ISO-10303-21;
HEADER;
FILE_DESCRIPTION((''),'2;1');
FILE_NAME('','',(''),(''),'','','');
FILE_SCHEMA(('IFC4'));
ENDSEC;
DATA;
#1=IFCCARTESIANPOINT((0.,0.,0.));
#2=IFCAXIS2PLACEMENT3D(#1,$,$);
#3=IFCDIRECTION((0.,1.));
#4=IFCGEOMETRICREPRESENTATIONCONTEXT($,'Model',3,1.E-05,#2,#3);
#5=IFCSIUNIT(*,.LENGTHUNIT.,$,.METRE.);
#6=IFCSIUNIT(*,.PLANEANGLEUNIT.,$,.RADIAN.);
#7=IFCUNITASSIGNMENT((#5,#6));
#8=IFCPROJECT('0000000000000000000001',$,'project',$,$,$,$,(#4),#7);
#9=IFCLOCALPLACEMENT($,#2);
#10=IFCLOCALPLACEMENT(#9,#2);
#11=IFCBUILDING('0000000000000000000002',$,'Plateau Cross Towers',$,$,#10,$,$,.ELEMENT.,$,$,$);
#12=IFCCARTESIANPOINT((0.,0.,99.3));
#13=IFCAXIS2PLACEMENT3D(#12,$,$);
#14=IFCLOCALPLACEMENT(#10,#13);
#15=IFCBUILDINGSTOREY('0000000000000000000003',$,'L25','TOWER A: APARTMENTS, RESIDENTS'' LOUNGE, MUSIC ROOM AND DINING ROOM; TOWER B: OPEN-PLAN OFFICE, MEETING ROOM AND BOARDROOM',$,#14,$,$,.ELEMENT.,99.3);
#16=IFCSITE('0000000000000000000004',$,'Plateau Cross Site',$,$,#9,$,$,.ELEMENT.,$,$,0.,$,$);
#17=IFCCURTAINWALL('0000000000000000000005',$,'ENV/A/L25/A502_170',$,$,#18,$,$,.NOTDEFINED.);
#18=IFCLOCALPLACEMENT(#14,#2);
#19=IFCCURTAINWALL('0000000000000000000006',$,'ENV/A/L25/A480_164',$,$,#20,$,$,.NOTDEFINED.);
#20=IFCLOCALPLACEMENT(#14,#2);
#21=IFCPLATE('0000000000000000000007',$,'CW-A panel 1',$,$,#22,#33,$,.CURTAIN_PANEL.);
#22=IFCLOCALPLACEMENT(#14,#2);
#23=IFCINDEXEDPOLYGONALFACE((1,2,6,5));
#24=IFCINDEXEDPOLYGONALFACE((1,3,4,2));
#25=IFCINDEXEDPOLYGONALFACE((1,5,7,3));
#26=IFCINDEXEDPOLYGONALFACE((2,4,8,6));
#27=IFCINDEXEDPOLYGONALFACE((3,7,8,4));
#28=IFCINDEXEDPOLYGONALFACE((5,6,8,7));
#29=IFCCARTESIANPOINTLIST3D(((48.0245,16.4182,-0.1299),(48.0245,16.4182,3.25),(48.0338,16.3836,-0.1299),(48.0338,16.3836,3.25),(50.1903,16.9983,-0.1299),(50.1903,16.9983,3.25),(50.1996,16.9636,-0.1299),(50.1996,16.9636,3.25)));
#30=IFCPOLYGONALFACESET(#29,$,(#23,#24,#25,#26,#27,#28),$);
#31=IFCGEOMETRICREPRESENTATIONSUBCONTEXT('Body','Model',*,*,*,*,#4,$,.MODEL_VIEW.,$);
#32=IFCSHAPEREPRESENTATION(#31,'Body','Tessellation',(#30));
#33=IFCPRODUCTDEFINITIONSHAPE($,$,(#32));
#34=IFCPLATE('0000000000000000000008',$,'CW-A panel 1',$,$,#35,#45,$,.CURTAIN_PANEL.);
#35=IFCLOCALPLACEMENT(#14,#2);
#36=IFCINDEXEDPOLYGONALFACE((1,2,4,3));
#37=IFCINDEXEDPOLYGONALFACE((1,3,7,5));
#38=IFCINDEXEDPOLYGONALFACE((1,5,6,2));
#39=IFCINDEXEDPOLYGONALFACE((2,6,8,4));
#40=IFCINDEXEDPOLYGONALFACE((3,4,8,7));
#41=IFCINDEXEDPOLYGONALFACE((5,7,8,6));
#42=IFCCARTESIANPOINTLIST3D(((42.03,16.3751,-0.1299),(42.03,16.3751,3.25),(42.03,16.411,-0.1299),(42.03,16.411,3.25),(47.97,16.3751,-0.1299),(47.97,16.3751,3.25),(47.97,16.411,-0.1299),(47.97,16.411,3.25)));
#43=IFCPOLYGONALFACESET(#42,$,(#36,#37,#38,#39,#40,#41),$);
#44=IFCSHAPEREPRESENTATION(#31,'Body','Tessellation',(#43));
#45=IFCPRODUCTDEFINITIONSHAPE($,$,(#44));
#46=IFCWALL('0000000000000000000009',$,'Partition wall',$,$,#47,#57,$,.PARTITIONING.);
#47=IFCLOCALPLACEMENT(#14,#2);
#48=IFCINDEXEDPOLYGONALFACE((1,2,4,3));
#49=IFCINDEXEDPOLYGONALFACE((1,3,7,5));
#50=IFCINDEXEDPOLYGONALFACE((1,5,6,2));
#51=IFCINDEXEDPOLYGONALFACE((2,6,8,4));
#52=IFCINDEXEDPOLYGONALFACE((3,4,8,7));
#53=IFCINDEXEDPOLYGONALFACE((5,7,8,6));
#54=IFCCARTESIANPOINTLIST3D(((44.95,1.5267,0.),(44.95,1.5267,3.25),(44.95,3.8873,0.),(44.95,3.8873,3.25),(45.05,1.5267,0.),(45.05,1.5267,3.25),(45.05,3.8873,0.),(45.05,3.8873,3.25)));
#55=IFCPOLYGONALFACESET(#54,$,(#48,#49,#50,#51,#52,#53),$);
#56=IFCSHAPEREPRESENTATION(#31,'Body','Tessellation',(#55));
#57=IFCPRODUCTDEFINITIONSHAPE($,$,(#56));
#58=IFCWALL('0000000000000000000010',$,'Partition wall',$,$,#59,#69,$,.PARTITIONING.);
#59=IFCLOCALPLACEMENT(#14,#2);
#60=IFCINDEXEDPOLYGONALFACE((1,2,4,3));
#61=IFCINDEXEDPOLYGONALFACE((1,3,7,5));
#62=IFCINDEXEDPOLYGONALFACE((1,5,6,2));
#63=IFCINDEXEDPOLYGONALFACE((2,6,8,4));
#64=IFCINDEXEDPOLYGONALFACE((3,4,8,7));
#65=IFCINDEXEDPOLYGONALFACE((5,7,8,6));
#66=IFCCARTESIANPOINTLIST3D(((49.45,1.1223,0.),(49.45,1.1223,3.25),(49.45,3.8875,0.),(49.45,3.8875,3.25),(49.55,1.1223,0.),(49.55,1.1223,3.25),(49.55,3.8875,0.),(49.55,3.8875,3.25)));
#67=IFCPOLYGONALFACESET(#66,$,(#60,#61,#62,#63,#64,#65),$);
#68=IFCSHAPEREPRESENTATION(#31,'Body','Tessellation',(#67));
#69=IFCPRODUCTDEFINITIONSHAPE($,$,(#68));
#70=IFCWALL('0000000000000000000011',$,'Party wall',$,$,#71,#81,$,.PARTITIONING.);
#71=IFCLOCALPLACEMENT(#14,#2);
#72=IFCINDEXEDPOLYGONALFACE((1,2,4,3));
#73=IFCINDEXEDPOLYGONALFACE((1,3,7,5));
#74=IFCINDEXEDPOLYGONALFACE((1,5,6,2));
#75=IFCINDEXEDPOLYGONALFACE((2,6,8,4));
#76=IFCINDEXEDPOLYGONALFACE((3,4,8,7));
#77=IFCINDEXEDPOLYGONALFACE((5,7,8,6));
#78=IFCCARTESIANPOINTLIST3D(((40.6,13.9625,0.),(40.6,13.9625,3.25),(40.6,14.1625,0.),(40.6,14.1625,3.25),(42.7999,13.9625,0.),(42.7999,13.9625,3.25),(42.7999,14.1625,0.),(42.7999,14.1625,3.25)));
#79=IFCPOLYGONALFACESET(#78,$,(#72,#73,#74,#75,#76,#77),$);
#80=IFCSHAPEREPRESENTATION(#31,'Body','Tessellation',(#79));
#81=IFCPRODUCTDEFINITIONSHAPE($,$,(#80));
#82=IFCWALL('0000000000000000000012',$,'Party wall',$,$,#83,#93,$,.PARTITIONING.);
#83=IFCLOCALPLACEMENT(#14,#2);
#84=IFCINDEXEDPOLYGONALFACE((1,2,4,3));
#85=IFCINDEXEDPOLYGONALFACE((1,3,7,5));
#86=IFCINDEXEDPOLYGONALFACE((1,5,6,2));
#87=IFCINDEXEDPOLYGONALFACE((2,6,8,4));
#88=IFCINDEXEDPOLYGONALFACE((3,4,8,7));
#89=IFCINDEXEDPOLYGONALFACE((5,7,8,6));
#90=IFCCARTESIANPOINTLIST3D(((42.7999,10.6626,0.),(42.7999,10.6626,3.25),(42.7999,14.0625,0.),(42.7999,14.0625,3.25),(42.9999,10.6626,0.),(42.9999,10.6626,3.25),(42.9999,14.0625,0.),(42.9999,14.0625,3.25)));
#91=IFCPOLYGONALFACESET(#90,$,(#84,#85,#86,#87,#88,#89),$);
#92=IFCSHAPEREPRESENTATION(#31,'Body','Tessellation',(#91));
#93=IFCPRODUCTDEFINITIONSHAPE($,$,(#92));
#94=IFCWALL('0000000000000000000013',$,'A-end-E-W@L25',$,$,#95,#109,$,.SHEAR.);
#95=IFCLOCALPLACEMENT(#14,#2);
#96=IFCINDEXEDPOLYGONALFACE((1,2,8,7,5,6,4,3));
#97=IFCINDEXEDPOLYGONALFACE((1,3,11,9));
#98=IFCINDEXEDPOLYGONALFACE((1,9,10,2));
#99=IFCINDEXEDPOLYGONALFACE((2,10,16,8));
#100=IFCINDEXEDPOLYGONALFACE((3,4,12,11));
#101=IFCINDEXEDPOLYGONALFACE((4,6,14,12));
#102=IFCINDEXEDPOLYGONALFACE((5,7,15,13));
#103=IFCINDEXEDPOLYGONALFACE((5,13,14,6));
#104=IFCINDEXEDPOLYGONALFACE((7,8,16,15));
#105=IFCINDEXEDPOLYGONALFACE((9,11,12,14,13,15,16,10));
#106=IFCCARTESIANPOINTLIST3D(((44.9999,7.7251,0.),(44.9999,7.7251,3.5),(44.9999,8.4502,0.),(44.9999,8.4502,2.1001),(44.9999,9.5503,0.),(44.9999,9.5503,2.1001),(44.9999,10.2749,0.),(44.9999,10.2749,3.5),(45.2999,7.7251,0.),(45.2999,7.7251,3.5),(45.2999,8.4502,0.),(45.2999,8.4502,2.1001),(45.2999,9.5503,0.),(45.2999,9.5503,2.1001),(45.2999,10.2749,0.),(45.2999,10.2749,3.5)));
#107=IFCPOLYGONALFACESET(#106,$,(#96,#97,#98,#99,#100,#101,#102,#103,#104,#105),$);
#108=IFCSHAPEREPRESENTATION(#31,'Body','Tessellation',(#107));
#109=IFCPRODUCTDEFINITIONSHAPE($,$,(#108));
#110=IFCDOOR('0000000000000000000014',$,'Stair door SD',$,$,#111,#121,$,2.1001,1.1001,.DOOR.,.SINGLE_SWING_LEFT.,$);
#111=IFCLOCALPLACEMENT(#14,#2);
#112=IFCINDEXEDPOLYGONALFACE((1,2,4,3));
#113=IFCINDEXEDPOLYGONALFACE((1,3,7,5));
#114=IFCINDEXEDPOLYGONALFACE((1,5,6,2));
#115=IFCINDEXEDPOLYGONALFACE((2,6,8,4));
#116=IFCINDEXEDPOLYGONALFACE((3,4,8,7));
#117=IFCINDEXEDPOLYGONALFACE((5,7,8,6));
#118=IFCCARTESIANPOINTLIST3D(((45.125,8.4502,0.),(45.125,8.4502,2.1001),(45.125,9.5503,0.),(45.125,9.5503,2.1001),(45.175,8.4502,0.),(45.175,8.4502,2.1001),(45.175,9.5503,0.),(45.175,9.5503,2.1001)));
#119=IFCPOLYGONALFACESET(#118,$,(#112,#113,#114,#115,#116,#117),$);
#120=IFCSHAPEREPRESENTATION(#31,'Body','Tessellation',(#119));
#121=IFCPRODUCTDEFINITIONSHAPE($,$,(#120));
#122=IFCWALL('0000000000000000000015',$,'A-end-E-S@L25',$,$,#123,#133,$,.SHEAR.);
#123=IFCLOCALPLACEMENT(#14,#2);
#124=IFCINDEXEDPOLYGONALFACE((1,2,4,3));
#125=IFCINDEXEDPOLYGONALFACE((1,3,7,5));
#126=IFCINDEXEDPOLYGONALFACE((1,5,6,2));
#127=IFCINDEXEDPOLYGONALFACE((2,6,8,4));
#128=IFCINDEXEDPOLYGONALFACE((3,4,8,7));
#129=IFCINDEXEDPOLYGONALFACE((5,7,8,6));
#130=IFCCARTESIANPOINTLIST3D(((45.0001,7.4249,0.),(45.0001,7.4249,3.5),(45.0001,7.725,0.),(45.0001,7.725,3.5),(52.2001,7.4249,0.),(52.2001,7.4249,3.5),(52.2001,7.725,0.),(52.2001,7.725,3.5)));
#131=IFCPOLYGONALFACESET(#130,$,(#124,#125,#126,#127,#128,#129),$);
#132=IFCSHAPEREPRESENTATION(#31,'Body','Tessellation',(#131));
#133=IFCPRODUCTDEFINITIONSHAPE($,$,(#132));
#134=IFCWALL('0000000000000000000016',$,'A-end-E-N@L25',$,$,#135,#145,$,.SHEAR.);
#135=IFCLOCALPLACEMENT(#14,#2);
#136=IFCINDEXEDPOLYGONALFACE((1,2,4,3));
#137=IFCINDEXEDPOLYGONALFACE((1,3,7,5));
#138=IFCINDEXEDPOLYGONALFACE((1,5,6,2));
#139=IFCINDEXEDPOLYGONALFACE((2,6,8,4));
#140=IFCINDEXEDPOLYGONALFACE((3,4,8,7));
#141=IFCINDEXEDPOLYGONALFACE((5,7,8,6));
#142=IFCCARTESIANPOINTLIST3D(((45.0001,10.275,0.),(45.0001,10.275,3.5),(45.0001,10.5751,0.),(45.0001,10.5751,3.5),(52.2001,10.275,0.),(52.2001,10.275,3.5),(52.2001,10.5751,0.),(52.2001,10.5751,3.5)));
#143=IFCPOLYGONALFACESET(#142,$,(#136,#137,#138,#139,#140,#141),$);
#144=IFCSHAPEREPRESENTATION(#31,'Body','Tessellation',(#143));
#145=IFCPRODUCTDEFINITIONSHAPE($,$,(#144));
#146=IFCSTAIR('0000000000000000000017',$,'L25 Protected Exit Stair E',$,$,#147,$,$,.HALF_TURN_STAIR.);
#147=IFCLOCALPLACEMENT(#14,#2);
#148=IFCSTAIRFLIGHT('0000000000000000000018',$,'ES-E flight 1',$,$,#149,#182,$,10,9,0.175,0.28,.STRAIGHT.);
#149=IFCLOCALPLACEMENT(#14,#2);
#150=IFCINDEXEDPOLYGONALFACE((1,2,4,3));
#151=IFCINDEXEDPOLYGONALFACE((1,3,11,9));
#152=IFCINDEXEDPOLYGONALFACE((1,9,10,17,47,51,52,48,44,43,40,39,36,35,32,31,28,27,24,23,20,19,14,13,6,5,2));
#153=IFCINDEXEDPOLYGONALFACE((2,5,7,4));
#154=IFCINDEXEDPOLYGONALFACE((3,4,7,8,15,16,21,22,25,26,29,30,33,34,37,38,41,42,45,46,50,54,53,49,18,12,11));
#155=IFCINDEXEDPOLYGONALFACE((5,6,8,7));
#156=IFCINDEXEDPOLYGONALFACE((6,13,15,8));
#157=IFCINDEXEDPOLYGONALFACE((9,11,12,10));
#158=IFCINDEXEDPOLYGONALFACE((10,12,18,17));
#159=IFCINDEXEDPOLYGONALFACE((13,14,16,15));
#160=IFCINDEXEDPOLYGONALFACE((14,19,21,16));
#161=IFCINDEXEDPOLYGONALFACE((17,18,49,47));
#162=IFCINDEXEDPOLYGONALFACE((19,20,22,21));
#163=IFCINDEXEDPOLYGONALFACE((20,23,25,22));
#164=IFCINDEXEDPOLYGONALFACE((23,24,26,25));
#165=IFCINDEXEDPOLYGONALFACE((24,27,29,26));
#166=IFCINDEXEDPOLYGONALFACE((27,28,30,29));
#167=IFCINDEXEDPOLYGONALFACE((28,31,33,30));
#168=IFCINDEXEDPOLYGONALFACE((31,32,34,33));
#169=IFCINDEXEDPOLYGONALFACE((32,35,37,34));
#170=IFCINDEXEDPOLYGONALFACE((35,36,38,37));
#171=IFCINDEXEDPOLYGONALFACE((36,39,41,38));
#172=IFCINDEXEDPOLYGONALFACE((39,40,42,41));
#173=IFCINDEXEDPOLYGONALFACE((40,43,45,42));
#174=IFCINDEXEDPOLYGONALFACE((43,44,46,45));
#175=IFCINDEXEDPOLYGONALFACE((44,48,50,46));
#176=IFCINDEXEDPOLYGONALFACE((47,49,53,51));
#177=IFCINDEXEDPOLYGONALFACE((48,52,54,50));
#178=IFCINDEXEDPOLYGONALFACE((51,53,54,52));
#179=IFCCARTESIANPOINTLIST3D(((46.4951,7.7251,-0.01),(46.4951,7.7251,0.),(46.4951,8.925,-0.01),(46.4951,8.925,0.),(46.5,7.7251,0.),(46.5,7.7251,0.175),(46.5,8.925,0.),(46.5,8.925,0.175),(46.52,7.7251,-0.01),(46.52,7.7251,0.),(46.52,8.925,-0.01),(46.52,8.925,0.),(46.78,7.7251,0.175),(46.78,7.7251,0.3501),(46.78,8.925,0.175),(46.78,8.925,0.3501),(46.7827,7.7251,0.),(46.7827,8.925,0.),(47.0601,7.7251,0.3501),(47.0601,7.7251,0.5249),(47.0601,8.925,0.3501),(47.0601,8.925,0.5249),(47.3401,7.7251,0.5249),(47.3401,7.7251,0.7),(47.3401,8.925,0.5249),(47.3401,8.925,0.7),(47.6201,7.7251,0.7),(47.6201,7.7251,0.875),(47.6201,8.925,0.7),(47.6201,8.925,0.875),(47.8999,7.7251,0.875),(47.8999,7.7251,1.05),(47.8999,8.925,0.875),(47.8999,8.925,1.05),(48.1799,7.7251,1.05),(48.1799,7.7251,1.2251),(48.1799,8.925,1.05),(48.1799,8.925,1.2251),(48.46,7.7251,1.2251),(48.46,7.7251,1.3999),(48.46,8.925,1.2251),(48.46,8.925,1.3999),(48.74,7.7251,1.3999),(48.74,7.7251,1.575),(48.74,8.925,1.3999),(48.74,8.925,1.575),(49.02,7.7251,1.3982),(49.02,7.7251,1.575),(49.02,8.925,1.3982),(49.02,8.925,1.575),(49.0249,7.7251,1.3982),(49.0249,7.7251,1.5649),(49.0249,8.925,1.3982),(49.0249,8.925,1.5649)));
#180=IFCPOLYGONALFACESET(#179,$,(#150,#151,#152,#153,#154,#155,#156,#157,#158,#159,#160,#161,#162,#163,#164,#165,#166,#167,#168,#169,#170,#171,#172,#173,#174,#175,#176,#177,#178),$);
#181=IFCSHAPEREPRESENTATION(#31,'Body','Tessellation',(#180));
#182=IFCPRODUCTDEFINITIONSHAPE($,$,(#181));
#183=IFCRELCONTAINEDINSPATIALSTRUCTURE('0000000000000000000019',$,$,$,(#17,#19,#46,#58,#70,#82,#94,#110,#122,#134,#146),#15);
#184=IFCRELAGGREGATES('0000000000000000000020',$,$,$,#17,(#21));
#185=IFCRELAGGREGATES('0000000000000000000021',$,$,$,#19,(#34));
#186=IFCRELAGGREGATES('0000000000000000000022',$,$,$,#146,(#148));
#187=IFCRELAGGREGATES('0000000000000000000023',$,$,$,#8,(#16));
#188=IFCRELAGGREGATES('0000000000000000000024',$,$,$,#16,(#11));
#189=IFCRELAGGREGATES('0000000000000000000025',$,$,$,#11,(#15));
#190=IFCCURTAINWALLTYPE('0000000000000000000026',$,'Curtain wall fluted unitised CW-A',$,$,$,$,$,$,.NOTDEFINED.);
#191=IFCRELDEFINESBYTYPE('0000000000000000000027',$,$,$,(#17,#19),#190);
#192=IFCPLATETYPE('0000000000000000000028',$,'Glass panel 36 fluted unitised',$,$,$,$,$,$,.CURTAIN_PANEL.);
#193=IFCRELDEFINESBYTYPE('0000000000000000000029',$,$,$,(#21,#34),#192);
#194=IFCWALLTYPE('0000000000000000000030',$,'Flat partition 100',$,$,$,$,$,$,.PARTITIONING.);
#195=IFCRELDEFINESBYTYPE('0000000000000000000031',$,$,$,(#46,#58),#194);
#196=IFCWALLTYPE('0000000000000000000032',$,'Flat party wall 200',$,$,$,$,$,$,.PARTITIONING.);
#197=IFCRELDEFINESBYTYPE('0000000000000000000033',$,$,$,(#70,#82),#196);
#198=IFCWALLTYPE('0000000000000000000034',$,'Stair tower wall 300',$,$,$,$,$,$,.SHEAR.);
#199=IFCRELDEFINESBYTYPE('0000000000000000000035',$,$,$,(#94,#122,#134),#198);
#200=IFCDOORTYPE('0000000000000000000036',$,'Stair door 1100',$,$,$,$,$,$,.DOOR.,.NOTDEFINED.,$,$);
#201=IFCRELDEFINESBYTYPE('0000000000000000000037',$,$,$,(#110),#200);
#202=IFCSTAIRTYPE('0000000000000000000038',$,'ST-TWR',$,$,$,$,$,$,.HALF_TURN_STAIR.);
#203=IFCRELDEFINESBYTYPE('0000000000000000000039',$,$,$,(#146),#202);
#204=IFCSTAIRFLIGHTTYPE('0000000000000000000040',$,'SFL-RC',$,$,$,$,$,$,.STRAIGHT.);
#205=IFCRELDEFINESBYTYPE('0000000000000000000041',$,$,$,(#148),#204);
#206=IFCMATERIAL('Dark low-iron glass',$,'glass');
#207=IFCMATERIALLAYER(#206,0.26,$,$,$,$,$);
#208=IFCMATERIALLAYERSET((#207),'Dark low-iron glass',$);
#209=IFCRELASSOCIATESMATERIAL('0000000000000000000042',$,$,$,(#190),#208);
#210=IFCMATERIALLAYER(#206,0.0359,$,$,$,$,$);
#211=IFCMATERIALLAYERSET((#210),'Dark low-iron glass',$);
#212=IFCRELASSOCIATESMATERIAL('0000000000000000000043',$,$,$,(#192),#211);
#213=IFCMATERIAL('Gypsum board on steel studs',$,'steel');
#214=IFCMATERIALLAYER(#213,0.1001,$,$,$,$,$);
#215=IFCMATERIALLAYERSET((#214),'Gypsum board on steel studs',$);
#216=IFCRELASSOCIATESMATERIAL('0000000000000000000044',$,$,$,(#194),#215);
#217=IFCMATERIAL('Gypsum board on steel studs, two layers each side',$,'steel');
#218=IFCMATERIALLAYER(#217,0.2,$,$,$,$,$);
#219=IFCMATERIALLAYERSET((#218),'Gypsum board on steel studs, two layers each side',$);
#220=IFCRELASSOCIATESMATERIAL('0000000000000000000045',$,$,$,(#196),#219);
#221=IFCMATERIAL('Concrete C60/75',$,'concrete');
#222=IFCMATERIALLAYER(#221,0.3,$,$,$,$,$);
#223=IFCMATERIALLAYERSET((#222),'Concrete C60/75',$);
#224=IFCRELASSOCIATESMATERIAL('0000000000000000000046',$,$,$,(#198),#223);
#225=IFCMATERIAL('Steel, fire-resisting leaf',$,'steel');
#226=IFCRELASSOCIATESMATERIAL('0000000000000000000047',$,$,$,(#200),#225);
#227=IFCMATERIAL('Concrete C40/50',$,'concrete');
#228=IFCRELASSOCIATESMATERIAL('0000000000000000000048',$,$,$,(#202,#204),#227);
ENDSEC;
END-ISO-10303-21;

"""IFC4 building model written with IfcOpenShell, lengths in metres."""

from ifc_helpers import new_model, si_unit, direction, frame, frame_2d, origin, origin_2d, place, context, subcontext, project, spatial, polyline, rectangle, outline, extrude, material, layer, layer_set, type_object, element, fill, aggregate, save


model = new_model("IFC4")

# Units and contexts
model_context = context("Model", 3, precision=1e-05, world=origin(), true_north=direction((0.0, 1.0)))
body_context = subcontext(model_context, "Body", "Model", "MODEL_VIEW")
ifc_project = project(units=[si_unit("LENGTHUNIT", "METRE"), si_unit("PLANEANGLEUNIT", "RADIAN")], contexts=[model_context])

# Site, building, storey
site_placement = place(None, origin())
site = spatial("IfcSite", under=ifc_project, at=site_placement, Name="Plateau Cross Site", CompositionType="ELEMENT", RefElevation=0.0)
building_placement = place(site_placement, origin())
building = spatial("IfcBuilding", under=site, at=building_placement, Name="Plateau Cross Towers", CompositionType="ELEMENT")
storey_placement = place(building_placement, frame((0.0, 0.0, 99.3)))
storey = spatial("IfcBuildingStorey", under=building, at=storey_placement, Name="L25", Description="TOWER A: APARTMENTS, RESIDENTS' LOUNGE, MUSIC ROOM AND DINING ROOM; TOWER B: OPEN-PLAN OFFICE, MEETING ROOM AND BOARDROOM", CompositionType="ELEMENT", Elevation=99.3)

# Curtain walls
ifc_material_1 = material(Name="Dark low-iron glass", Category="glass")
ifc_layer_1 = layer(ifc_material_1, 0.26)
ifc_layer_set_1 = layer_set([ifc_layer_1], Name="Dark low-iron glass")
curtain_wall_type_1 = type_object("IfcCurtainWallType", Name="Curtain wall fluted unitised CW-A", PredefinedType="NOTDEFINED", material=ifc_layer_set_1)
curtain_wall_1_placement = place(storey_placement, origin())
curtain_wall_1 = element("IfcCurtainWall", 1, at=curtain_wall_1_placement, inside=storey, type_object=curtain_wall_type_1, Name="ENV/A/L25/A502_170", PredefinedType="NOTDEFINED")
curtain_wall_2_placement = place(storey_placement, origin())
curtain_wall_2 = element("IfcCurtainWall", 2, at=curtain_wall_2_placement, inside=storey, type_object=curtain_wall_type_1, Name="ENV/A/L25/A480_164", PredefinedType="NOTDEFINED")

# Plates
ifc_layer_2 = layer(ifc_material_1, 0.0359)
ifc_layer_set_2 = layer_set([ifc_layer_2], Name="Dark low-iron glass")
plate_type_1 = type_object("IfcPlateType", Name="Glass panel 36 fluted unitised", PredefinedType="CURTAIN_PANEL", material=ifc_layer_set_2)
plate_1_placement = place(storey_placement, frame((49.1121, 16.6909, -0.1299), z_axis=(0.0, 0.0, 1.0), x_axis=(-0.965958, -0.258699, 0.0)))
plate_1 = element("IfcPlate", 3, at=plate_1_placement, type_object=plate_type_1, Name="CW-A panel 1", PredefinedType="CURTAIN_PANEL", context=body_context, shape_type="SweptSolid", body=[
    extrude(rectangle(XDim=2.2422, YDim=0.0359, at=origin_2d()), origin(), (0.0, 0.0, 1.0), 3.3799),
])
aggregate(curtain_wall_1, [plate_1])
plate_2_placement = place(storey_placement, frame((45.0, 16.3931, -0.1299), z_axis=(0.0, 0.0, 1.0), x_axis=(-1.0, 0.0, 0.0)))
plate_2 = element("IfcPlate", 4, at=plate_2_placement, type_object=plate_type_1, Name="CW-A panel 1", PredefinedType="CURTAIN_PANEL", context=body_context, shape_type="SweptSolid", body=[
    extrude(rectangle(XDim=5.9399, YDim=0.0359, at=origin_2d()), origin(), (0.0, 0.0, 1.0), 3.3799),
])
aggregate(curtain_wall_2, [plate_2])

# Walls
ifc_material_2 = material(Name="Gypsum board on steel studs", Category="steel")
ifc_layer_3 = layer(ifc_material_2, 0.1001)
ifc_layer_set_3 = layer_set([ifc_layer_3], Name="Gypsum board on steel studs")
wall_type_1 = type_object("IfcWallType", Name="Flat partition 100", PredefinedType="PARTITIONING", material=ifc_layer_set_3)
wall_1_placement = place(storey_placement, frame((45.0, 1.5269, 0.0), z_axis=(0.0, 0.0, 1.0), x_axis=(0.0, 1.0, 0.0)))
element("IfcWall", 5, at=wall_1_placement, inside=storey, type_object=wall_type_1, Name="Partition wall", PredefinedType="PARTITIONING", context=body_context, shape_type="SweptSolid", body=[
    extrude(rectangle(XDim=2.3606, YDim=0.1001, at=frame_2d((1.1802, 0.0))), origin(), (0.0, 0.0, 1.0), 3.25),
])
wall_2_placement = place(storey_placement, frame((49.5, 1.1223, 0.0), z_axis=(0.0, 0.0, 1.0), x_axis=(0.0, 1.0, 0.0)))
element("IfcWall", 6, at=wall_2_placement, inside=storey, type_object=wall_type_1, Name="Partition wall", PredefinedType="PARTITIONING", context=body_context, shape_type="SweptSolid", body=[
    extrude(rectangle(XDim=2.7651, YDim=0.1001, at=frame_2d((1.3826, 0.0))), origin(), (0.0, 0.0, 1.0), 3.25),
])
ifc_material_3 = material(Name="Gypsum board on steel studs, two layers each side", Category="steel")
ifc_layer_4 = layer(ifc_material_3, 0.2)
ifc_layer_set_4 = layer_set([ifc_layer_4], Name="Gypsum board on steel studs, two layers each side")
wall_type_2 = type_object("IfcWallType", Name="Flat party wall 200", PredefinedType="PARTITIONING", material=ifc_layer_set_4)
wall_3_placement = place(storey_placement, frame((42.8, 14.0625, 0.0), z_axis=(0.0, 0.0, 1.0), x_axis=(-1.0, 0.0, 0.0)))
element("IfcWall", 7, at=wall_3_placement, inside=storey, type_object=wall_type_2, Name="Party wall", PredefinedType="PARTITIONING", context=body_context, shape_type="SweptSolid", body=[
    extrude(rectangle(XDim=2.2, YDim=0.2, at=frame_2d((1.1001, 0.0))), origin(), (0.0, 0.0, 1.0), 3.25),
])
wall_4_placement = place(storey_placement, frame((42.8999, 10.6626, 0.0), z_axis=(0.0, 0.0, 1.0), x_axis=(0.0, 1.0, 0.0)))
element("IfcWall", 8, at=wall_4_placement, inside=storey, type_object=wall_type_2, Name="Party wall", PredefinedType="PARTITIONING", context=body_context, shape_type="SweptSolid", body=[
    extrude(rectangle(XDim=3.3999, YDim=0.2, at=frame_2d((1.7, 0.0))), origin(), (0.0, 0.0, 1.0), 3.25),
])

# Wall, opening, door
ifc_material_4 = material(Name="Concrete C60/75", Category="concrete")
ifc_layer_5 = layer(ifc_material_4, 0.3)
ifc_layer_set_5 = layer_set([ifc_layer_5], Name="Concrete C60/75")
wall_type_3 = type_object("IfcWallType", Name="Stair tower wall 300", PredefinedType="SHEAR", material=ifc_layer_set_5)
wall_5_placement = place(storey_placement, frame((45.1499, 7.7251, 0.0), z_axis=(0.0, 0.0, 1.0), x_axis=(0.0, 1.0, 0.0)))
wall_5 = element("IfcWall", 9, at=wall_5_placement, inside=storey, type_object=wall_type_3, Name="A-end-E-W@L25", PredefinedType="SHEAR", context=body_context, shape_type="SweptSolid", body=[
    extrude(rectangle(XDim=2.5498, YDim=0.3, at=frame_2d((1.2749, 0.0))), origin(), (0.0, 0.0, 1.0), 3.5),
])
opening_placement = place(wall_5_placement, frame((0.7251, 0.0, 0.0)))
opening = element("IfcOpeningElement", 10, at=opening_placement, cuts=wall_5, PredefinedType="OPENING", context=body_context, shape_type="SweptSolid", body=[
    extrude(rectangle(XDim=1.1001, YDim=2.1001, at=frame_2d((0.55, 1.05))), frame((0.0, 0.1599, 0.0), z_axis=(0.0, -1.0, 0.0), x_axis=(1.0, 0.0, 0.0)), (0.0, 0.0, 1.0), 0.3201),
])
ifc_material_5 = material(Name="Steel, fire-resisting leaf", Category="steel")
door_type = type_object("IfcDoorType", Name="Stair door 1100", OperationType="NOTDEFINED", PredefinedType="DOOR", material=ifc_material_5)
door_placement = place(opening_placement, origin())
door = element("IfcDoor", 11, at=door_placement, inside=storey, type_object=door_type, Name="Stair door SD", OperationType="SINGLE_SWING_LEFT", OverallHeight=2.1001, OverallWidth=1.1001, PredefinedType="DOOR", context=body_context, shape_type="SweptSolid", body=[
    extrude(rectangle(XDim=1.1001, YDim=2.1001, at=frame_2d((0.55, 1.05))), frame((0.0, 0.0249, 0.0), z_axis=(0.0, -1.0, 0.0), x_axis=(1.0, 0.0, 0.0)), (0.0, 0.0, 1.0), 0.05),
])
fill(opening, door)

# Walls
for number, where, z_axis, x_axis, name in (
    (12, (45.0, 7.575, 0.0), (0.0, 0.0, 1.0), (1.0, 0.0, 0.0), "A-end-E-S@L25"),
    (13, (45.0, 10.425, 0.0), (0.0, 0.0, 1.0), (1.0, 0.0, 0.0), "A-end-E-N@L25"),
):
    element("IfcWall", number, at=place(storey_placement, frame(where, z_axis=z_axis, x_axis=x_axis)), inside=storey, type_object=wall_type_3, Name=name, PredefinedType="SHEAR", context=body_context, shape_type="SweptSolid", body=[
        extrude(rectangle(XDim=7.2, YDim=0.3, at=frame_2d((3.6001, 0.0))), origin(), (0.0, 0.0, 1.0), 3.5),
    ])

# Stair, stair flight
ifc_material_6 = material(Name="Concrete C40/50", Category="concrete")
stair_type = type_object("IfcStairType", Name="ST-TWR", PredefinedType="HALF_TURN_STAIR", material=ifc_material_6)
stair_placement = place(storey_placement, origin())
stair = element("IfcStair", 14, at=stair_placement, inside=storey, type_object=stair_type, Name="L25 Protected Exit Stair E", PredefinedType="HALF_TURN_STAIR")
stair_flight_type = type_object("IfcStairFlightType", Name="SFL-RC", PredefinedType="STRAIGHT", material=ifc_material_6)
stair_flight_1_placement = place(storey_placement, frame((46.5, 8.325, 0.0), z_axis=(0.0, 0.0, 1.0), x_axis=(1.0, 0.0, 0.0)))
stair_flight_1 = element("IfcStairFlight", 15, at=stair_flight_1_placement, type_object=stair_flight_type, Name="ES-E flight 1", NumberOfRisers=10, NumberOfTreads=9, PredefinedType="STRAIGHT", RiserHeight=0.175, TreadLength=0.28, context=body_context, shape_type="SweptSolid", body=[
    extrude(outline(polyline([(-0.0049, -0.01), (-0.0049, 0.0), (0.0, 0.0), (0.0, 0.175), (0.28, 0.175), (0.28, 0.3501), (0.5601, 0.3501), (0.5601, 0.5249), (0.8401, 0.5249), (0.8401, 0.7), (1.1201, 0.7), (1.1201, 0.875), (1.3999, 0.875), (1.3999, 1.05), (1.6799, 1.05), (1.6799, 1.2251), (1.96, 1.2251), (1.96, 1.3999), (2.24, 1.3999), (2.24, 1.575), (2.52, 1.575), (2.5249, 1.5649), (2.5249, 1.3982), (2.52, 1.3982), (0.2827, 0.0), (0.02, 0.0), (0.02, -0.01), (-0.0049, -0.01)])), frame((0.0, 0.6001, 0.0), z_axis=(0.0, -1.0, 0.0), x_axis=(1.0, 0.0, 0.0)), (0.0, 0.0, 1.0), 1.2),
])
aggregate(stair, [stair_flight_1])

save(model, "model.ifc")
